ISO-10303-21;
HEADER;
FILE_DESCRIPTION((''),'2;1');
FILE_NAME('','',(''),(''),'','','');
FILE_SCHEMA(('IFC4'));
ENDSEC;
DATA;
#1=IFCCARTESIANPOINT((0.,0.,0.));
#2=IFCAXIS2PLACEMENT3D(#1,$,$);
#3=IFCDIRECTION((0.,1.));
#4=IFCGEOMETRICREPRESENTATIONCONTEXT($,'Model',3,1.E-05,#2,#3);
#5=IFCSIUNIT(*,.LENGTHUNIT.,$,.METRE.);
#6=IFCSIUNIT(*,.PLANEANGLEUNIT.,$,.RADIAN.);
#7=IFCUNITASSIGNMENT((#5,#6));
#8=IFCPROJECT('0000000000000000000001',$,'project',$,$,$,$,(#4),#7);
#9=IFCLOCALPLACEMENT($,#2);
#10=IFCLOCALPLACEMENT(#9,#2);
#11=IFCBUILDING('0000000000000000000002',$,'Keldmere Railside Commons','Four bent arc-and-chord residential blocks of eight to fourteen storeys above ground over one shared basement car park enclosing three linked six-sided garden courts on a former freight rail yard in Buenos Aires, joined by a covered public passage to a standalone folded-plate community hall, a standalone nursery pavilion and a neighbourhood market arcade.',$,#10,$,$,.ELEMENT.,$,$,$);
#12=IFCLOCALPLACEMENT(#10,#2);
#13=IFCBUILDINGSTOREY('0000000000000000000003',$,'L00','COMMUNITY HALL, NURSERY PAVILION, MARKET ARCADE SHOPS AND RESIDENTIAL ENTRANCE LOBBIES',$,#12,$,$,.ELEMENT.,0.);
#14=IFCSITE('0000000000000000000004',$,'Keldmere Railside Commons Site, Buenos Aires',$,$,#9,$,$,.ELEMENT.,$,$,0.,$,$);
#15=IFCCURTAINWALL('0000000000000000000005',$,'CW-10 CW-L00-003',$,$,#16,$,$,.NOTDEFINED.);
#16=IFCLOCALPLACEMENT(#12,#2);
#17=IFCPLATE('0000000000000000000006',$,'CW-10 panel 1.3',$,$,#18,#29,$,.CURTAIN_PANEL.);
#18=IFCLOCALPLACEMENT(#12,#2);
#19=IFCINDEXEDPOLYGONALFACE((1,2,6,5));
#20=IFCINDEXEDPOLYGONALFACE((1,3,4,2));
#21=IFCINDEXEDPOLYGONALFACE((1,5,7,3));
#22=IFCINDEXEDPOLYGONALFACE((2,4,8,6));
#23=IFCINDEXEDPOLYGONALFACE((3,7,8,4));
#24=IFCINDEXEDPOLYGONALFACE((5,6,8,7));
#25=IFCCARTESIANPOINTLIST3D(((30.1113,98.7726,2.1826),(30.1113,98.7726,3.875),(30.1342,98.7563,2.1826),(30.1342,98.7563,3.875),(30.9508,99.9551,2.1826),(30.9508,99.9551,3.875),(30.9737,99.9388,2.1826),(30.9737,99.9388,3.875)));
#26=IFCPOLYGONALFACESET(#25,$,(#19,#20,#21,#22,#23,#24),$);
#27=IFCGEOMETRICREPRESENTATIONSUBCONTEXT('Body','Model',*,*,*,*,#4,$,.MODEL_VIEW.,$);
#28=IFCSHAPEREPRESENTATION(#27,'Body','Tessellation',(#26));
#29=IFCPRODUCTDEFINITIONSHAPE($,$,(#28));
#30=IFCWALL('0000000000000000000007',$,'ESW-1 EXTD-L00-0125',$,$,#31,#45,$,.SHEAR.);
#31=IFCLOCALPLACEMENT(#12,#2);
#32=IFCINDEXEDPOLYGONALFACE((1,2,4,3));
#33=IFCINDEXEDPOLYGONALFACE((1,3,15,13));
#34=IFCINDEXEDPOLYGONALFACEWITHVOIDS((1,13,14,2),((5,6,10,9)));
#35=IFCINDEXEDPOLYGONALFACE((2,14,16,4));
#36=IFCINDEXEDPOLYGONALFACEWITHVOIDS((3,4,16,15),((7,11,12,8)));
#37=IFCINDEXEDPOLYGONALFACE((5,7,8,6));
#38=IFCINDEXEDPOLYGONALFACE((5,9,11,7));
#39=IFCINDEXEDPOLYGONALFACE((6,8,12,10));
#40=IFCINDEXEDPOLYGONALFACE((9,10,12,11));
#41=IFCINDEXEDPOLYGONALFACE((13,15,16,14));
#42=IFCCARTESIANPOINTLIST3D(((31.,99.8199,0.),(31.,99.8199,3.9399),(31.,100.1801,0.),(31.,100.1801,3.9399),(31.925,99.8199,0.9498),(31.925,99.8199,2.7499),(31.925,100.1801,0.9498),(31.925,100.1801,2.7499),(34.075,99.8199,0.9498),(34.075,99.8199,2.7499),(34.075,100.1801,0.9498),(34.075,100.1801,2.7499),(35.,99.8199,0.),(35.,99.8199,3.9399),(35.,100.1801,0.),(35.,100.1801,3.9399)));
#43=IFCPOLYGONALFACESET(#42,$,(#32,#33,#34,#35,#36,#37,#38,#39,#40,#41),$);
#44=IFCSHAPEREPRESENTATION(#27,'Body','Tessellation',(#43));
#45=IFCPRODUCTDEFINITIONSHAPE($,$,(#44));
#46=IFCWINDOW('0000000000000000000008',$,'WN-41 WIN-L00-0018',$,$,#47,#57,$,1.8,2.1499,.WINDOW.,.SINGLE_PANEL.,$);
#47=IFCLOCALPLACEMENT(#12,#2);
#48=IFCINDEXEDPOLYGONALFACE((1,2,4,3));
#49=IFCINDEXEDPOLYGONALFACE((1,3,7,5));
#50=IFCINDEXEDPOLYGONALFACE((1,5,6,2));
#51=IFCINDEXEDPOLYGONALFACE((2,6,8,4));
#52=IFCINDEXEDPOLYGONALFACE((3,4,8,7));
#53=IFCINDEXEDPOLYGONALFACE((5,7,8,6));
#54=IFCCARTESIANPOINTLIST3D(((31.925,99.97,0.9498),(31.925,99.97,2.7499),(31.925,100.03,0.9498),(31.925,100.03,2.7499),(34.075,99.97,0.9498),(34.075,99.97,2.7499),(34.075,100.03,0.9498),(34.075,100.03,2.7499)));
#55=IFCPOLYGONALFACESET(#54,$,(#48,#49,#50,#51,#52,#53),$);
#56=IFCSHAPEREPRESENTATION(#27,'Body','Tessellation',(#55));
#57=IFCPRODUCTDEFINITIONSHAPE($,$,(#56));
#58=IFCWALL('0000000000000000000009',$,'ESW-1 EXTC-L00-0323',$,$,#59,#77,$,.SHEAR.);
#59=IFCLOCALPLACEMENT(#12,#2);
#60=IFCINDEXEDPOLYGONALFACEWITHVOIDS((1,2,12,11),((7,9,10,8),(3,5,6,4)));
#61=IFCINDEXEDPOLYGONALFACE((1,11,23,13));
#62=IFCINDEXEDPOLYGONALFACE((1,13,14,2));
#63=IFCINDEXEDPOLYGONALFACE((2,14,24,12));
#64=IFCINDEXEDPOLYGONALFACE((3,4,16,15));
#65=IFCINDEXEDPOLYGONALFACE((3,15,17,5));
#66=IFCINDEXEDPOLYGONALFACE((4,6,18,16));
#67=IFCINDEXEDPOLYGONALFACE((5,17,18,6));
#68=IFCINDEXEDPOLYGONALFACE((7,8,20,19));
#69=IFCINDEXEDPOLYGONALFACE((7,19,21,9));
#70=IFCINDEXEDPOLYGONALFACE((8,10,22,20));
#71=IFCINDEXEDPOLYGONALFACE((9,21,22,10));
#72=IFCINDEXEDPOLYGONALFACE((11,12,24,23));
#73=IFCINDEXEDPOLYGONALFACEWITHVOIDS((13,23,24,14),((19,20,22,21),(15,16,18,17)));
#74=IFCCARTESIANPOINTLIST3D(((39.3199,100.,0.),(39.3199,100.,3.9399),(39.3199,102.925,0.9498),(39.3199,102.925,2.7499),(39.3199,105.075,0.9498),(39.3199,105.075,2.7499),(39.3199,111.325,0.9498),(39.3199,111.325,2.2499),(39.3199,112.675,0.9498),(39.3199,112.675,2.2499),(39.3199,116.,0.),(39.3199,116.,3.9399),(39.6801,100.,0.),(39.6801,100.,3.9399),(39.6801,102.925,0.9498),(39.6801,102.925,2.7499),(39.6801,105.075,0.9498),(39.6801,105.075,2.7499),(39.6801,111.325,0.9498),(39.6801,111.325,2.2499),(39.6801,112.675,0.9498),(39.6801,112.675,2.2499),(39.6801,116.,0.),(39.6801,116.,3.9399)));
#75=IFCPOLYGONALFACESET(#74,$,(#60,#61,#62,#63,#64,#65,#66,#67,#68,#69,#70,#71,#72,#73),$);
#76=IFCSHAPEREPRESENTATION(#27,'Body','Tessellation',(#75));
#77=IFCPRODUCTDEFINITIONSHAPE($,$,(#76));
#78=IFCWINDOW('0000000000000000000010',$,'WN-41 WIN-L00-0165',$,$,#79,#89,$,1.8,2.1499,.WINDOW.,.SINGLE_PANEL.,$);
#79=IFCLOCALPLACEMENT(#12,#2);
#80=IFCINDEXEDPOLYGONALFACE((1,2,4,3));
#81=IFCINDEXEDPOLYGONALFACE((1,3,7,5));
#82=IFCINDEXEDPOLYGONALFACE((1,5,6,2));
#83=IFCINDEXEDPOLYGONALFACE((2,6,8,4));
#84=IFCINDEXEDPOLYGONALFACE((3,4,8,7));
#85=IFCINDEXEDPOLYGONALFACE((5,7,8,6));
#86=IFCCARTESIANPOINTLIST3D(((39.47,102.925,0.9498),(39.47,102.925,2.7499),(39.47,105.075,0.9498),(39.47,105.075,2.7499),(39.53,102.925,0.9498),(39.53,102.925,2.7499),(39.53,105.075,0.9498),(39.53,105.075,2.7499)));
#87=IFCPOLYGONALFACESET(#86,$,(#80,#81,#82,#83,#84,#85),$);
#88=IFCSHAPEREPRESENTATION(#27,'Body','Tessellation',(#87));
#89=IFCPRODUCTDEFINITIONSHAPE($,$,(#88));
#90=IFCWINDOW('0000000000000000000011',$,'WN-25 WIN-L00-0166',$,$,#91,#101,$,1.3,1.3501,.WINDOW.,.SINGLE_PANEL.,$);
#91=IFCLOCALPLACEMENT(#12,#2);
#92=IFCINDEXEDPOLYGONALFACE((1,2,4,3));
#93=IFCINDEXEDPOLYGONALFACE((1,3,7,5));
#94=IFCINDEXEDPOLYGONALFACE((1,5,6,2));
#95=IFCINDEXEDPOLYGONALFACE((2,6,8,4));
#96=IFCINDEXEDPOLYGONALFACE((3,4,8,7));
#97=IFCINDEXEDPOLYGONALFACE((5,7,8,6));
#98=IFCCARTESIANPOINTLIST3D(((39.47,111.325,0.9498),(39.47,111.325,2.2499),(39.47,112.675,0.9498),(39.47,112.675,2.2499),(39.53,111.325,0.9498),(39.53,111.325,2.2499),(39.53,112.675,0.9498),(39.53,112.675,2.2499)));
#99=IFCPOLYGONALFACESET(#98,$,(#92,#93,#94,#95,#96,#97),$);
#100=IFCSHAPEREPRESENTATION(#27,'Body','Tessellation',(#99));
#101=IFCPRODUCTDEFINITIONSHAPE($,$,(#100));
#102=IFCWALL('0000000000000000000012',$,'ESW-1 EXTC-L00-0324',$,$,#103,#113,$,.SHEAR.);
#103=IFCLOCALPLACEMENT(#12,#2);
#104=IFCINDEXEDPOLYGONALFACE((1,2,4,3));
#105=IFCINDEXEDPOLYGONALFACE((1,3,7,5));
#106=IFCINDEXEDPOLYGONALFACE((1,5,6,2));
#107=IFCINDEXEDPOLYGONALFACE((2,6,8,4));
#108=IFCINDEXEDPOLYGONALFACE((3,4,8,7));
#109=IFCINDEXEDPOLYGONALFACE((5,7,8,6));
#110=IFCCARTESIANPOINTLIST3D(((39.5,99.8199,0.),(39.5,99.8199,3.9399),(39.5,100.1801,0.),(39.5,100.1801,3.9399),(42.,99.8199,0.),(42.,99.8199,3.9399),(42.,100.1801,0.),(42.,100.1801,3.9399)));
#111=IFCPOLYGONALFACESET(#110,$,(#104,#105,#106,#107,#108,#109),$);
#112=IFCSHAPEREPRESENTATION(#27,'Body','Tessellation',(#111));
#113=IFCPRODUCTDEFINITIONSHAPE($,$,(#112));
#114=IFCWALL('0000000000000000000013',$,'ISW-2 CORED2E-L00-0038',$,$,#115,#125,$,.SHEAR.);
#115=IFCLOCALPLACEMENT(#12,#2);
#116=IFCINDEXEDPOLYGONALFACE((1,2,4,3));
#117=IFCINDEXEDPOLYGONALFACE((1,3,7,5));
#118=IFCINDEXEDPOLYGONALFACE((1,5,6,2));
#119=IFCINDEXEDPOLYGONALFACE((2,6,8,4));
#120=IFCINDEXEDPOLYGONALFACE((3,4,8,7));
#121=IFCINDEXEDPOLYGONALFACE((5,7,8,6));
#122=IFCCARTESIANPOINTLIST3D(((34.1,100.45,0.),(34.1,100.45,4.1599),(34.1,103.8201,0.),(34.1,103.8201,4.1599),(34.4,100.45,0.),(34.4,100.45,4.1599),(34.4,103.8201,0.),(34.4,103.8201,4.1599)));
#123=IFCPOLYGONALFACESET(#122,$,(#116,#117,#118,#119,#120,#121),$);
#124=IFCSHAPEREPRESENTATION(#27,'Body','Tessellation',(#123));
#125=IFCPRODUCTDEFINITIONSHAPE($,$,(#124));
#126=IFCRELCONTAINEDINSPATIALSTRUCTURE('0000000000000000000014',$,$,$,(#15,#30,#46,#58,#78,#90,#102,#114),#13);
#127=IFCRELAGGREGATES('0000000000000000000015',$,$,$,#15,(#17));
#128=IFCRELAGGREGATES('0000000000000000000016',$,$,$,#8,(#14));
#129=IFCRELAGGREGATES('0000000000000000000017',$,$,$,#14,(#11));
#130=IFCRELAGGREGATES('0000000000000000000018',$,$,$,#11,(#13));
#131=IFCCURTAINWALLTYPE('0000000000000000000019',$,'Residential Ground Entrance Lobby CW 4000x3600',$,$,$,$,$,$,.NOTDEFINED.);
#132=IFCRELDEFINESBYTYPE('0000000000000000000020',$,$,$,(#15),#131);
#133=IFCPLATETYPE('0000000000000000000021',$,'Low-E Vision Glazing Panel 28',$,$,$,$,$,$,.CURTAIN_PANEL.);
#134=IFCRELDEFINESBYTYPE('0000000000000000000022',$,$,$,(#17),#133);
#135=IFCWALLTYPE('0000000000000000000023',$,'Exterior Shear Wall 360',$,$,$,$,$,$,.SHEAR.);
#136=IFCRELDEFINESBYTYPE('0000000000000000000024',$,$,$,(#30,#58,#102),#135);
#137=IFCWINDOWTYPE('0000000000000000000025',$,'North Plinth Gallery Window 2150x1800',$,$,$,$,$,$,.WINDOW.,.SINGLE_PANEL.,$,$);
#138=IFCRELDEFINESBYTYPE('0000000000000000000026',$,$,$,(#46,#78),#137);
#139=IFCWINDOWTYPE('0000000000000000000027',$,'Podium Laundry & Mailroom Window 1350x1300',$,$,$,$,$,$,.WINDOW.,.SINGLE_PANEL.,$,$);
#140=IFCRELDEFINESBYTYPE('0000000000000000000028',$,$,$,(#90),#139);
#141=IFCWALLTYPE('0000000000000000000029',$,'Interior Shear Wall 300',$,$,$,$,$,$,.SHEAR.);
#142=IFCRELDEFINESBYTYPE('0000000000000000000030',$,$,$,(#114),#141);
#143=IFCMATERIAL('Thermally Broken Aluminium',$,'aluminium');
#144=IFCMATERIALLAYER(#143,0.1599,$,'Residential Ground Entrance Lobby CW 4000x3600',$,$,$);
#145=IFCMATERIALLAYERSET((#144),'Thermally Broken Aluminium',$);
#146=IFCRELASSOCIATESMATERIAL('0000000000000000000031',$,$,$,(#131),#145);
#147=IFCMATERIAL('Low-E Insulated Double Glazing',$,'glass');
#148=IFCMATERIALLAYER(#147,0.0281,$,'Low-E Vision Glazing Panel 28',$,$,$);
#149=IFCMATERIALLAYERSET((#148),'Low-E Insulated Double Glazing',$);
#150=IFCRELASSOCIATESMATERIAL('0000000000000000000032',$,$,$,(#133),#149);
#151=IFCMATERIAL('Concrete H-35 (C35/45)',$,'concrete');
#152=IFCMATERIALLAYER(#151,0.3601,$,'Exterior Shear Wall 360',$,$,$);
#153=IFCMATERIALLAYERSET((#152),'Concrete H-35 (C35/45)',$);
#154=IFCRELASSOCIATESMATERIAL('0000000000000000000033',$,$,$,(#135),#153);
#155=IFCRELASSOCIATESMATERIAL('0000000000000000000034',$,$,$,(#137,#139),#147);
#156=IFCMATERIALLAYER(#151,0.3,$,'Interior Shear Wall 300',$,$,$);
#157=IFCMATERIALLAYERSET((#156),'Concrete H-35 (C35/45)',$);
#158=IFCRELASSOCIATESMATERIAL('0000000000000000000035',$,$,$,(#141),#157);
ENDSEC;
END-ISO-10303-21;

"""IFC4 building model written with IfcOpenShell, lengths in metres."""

from ifc_helpers import new_model, si_unit, direction, frame, frame_2d, origin, origin_2d, place, context, subcontext, project, spatial, rectangle, extrude, material, layer, layer_set, type_object, element, fill, aggregate, save


model = new_model("IFC4")

# Units and contexts
model_context = context("Model", 3, precision=1e-05, world=origin(), true_north=direction((0.0, 1.0)))
body_context = subcontext(model_context, "Body", "Model", "MODEL_VIEW")
ifc_project = project(units=[si_unit("LENGTHUNIT", "METRE"), si_unit("PLANEANGLEUNIT", "RADIAN")], contexts=[model_context])

# Site, building, storey
site_placement = place(None, origin())
site = spatial("IfcSite", under=ifc_project, at=site_placement, Name="Keldmere Railside Commons Site, Buenos Aires", CompositionType="ELEMENT", RefElevation=0.0)
building_placement = place(site_placement, origin())
building = spatial("IfcBuilding", under=site, at=building_placement, Name="Keldmere Railside Commons", Description="Four bent arc-and-chord residential blocks of eight to fourteen storeys above ground over one shared basement car park enclosing three linked six-sided garden courts on a former freight rail yard in Buenos Aires, joined by a covered public passage to a standalone folded-plate community hall, a standalone nursery pavilion and a neighbourhood market arcade.", CompositionType="ELEMENT")
storey_placement = place(building_placement, origin())
storey = spatial("IfcBuildingStorey", under=building, at=storey_placement, Name="L00", Description="COMMUNITY HALL, NURSERY PAVILION, MARKET ARCADE SHOPS AND RESIDENTIAL ENTRANCE LOBBIES", CompositionType="ELEMENT", Elevation=0.0)

# Curtain wall
ifc_material_1 = material(Name="Thermally Broken Aluminium", Category="aluminium")
ifc_layer_1 = layer(ifc_material_1, 0.1599, Name="Residential Ground Entrance Lobby CW 4000x3600")
ifc_layer_set_1 = layer_set([ifc_layer_1], Name="Thermally Broken Aluminium")
curtain_wall_type = type_object("IfcCurtainWallType", Name="Residential Ground Entrance Lobby CW 4000x3600", PredefinedType="NOTDEFINED", material=ifc_layer_set_1)
curtain_wall_1_placement = place(storey_placement, origin())
curtain_wall_1 = element("IfcCurtainWall", 1, at=curtain_wall_1_placement, inside=storey, type_object=curtain_wall_type, Name="CW-10 CW-L00-003", PredefinedType="NOTDEFINED")

# Plate
ifc_material_2 = material(Name="Low-E Insulated Double Glazing", Category="glass")
ifc_layer_2 = layer(ifc_material_2, 0.0281, Name="Low-E Vision Glazing Panel 28")
ifc_layer_set_2 = layer_set([ifc_layer_2], Name="Low-E Insulated Double Glazing")
plate_type_1 = type_object("IfcPlateType", Name="Low-E Vision Glazing Panel 28", PredefinedType="CURTAIN_PANEL", material=ifc_layer_set_2)
plate_1_placement = place(storey_placement, frame((30.5425, 99.3557, 2.1826), z_axis=(0.0, 0.0, 1.0), x_axis=(-0.578913, -0.815389, 0.0)))
plate_1 = element("IfcPlate", 2, at=plate_1_placement, type_object=plate_type_1, Name="CW-10 panel 1.3", PredefinedType="CURTAIN_PANEL", context=body_context, shape_type="SweptSolid", body=[
    extrude(rectangle(XDim=1.4502, YDim=0.0281, at=origin_2d()), origin(), (0.0, 0.0, 1.0), 1.6924),
])
aggregate(curtain_wall_1, [plate_1])

# Wall, opening, window
ifc_material_3 = material(Name="Concrete H-35 (C35/45)", Category="concrete")
ifc_layer_3 = layer(ifc_material_3, 0.3601, Name="Exterior Shear Wall 360")
ifc_layer_set_3 = layer_set([ifc_layer_3], Name="Concrete H-35 (C35/45)")
wall_type_1 = type_object("IfcWallType", Name="Exterior Shear Wall 360", PredefinedType="SHEAR", material=ifc_layer_set_3)
wall_1_placement = place(storey_placement, frame((35.0, 100.0, 0.0), z_axis=(0.0, 0.0, 1.0), x_axis=(-1.0, 0.0, 0.0)))
wall_1 = element("IfcWall", 3, at=wall_1_placement, inside=storey, type_object=wall_type_1, Name="ESW-1 EXTD-L00-0125", PredefinedType="SHEAR", context=body_context, shape_type="SweptSolid", body=[
    extrude(rectangle(XDim=4.0, YDim=0.3601, at=frame_2d((2.0, 0.0))), origin(), (0.0, 0.0, 1.0), 3.9399),
])
opening_1_placement = place(wall_1_placement, frame((0.925, 0.0, 0.95)))
opening_1 = element("IfcOpeningElement", 4, at=opening_1_placement, cuts=wall_1, PredefinedType="OPENING", context=body_context, shape_type="SweptSolid", body=[
    extrude(rectangle(XDim=2.1499, YDim=1.8, at=frame_2d((1.075, 0.8999))), frame((0.0, 0.1899, 0.0), z_axis=(0.0, -1.0, 0.0), x_axis=(1.0, 0.0, 0.0)), (0.0, 0.0, 1.0), 0.3801),
])
window_type_1 = type_object("IfcWindowType", Name="North Plinth Gallery Window 2150x1800", PartitioningType="SINGLE_PANEL", PredefinedType="WINDOW", material=ifc_material_2)
window_1_placement = place(opening_1_placement, origin())
window_1 = element("IfcWindow", 5, at=window_1_placement, inside=storey, type_object=window_type_1, Name="WN-41 WIN-L00-0018", OverallHeight=1.8, OverallWidth=2.1499, PartitioningType="SINGLE_PANEL", PredefinedType="WINDOW", context=body_context, shape_type="SweptSolid", body=[
    extrude(rectangle(XDim=2.1499, YDim=1.8, at=frame_2d((1.075, 0.8999))), frame((0.0, 0.03, 0.0), z_axis=(0.0, -1.0, 0.0), x_axis=(1.0, 0.0, 0.0)), (0.0, 0.0, 1.0), 0.0601),
])
fill(opening_1, window_1)

# Wall, openings, windows
wall_2_placement = place(storey_placement, frame((39.5, 100.0, 0.0), z_axis=(0.0, 0.0, 1.0), x_axis=(0.0, 1.0, 0.0)))
wall_2 = element("IfcWall", 6, at=wall_2_placement, inside=storey, type_object=wall_type_1, Name="ESW-1 EXTC-L00-0323", PredefinedType="SHEAR", context=body_context, shape_type="SweptSolid", body=[
    extrude(rectangle(XDim=16.0, YDim=0.3601, at=frame_2d((8.0, 0.0))), origin(), (0.0, 0.0, 1.0), 3.9399),
])
opening_2_placement = place(wall_2_placement, frame((2.925, 0.0, 0.95)))
opening_2 = element("IfcOpeningElement", 7, at=opening_2_placement, cuts=wall_2, PredefinedType="OPENING", context=body_context, shape_type="SweptSolid", body=[
    extrude(rectangle(XDim=2.1499, YDim=1.8, at=frame_2d((1.075, 0.8999))), frame((0.0, 0.1899, 0.0), z_axis=(0.0, -1.0, 0.0), x_axis=(1.0, 0.0, 0.0)), (0.0, 0.0, 1.0), 0.3801),
])
opening_3_placement = place(wall_2_placement, frame((11.325, 0.0, 0.95)))
opening_3 = element("IfcOpeningElement", 8, at=opening_3_placement, cuts=wall_2, PredefinedType="OPENING", context=body_context, shape_type="SweptSolid", body=[
    extrude(rectangle(XDim=1.3501, YDim=1.3, at=frame_2d((0.675, 0.6499))), frame((0.0, 0.1899, 0.0), z_axis=(0.0, -1.0, 0.0), x_axis=(1.0, 0.0, 0.0)), (0.0, 0.0, 1.0), 0.3801),
])
window_2_placement = place(opening_2_placement, origin())
window_2 = element("IfcWindow", 9, at=window_2_placement, inside=storey, type_object=window_type_1, Name="WN-41 WIN-L00-0165", OverallHeight=1.8, OverallWidth=2.1499, PartitioningType="SINGLE_PANEL", PredefinedType="WINDOW", context=body_context, shape_type="SweptSolid", body=[
    extrude(rectangle(XDim=2.1499, YDim=1.8, at=frame_2d((1.075, 0.8999))), frame((0.0, 0.03, 0.0), z_axis=(0.0, -1.0, 0.0), x_axis=(1.0, 0.0, 0.0)), (0.0, 0.0, 1.0), 0.0601),
])
fill(opening_2, window_2)
window_type_2 = type_object("IfcWindowType", Name="Podium Laundry & Mailroom Window 1350x1300", PartitioningType="SINGLE_PANEL", PredefinedType="WINDOW", material=ifc_material_2)
window_3_placement = place(opening_3_placement, origin())
window_3 = element("IfcWindow", 10, at=window_3_placement, inside=storey, type_object=window_type_2, Name="WN-25 WIN-L00-0166", OverallHeight=1.3, OverallWidth=1.3501, PartitioningType="SINGLE_PANEL", PredefinedType="WINDOW", context=body_context, shape_type="SweptSolid", body=[
    extrude(rectangle(XDim=1.3501, YDim=1.3, at=frame_2d((0.675, 0.6499))), frame((0.0, 0.03, 0.0), z_axis=(0.0, -1.0, 0.0), x_axis=(1.0, 0.0, 0.0)), (0.0, 0.0, 1.0), 0.0601),
])
fill(opening_3, window_3)

# Walls
wall_3_placement = place(storey_placement, frame((42.0, 100.0, 0.0), z_axis=(0.0, 0.0, 1.0), x_axis=(-1.0, 0.0, 0.0)))
element("IfcWall", 11, at=wall_3_placement, inside=storey, type_object=wall_type_1, Name="ESW-1 EXTC-L00-0324", PredefinedType="SHEAR", context=body_context, shape_type="SweptSolid", body=[
    extrude(rectangle(XDim=2.5, YDim=0.3601, at=frame_2d((1.25, 0.0))), origin(), (0.0, 0.0, 1.0), 3.9399),
])
ifc_layer_4 = layer(ifc_material_3, 0.3, Name="Interior Shear Wall 300")
ifc_layer_set_4 = layer_set([ifc_layer_4], Name="Concrete H-35 (C35/45)")
wall_type_2 = type_object("IfcWallType", Name="Interior Shear Wall 300", PredefinedType="SHEAR", material=ifc_layer_set_4)
wall_4_placement = place(storey_placement, frame((34.25, 100.45, 0.0), z_axis=(0.0, 0.0, 1.0), x_axis=(0.0, 1.0, 0.0)))
element("IfcWall", 12, at=wall_4_placement, inside=storey, type_object=wall_type_2, Name="ISW-2 CORED2E-L00-0038", PredefinedType="SHEAR", context=body_context, shape_type="SweptSolid", body=[
    extrude(rectangle(XDim=3.3701, YDim=0.3, at=frame_2d((1.6851, 0.0))), origin(), (0.0, 0.0, 1.0), 4.1599),
])

save(model, "model.ifc")
